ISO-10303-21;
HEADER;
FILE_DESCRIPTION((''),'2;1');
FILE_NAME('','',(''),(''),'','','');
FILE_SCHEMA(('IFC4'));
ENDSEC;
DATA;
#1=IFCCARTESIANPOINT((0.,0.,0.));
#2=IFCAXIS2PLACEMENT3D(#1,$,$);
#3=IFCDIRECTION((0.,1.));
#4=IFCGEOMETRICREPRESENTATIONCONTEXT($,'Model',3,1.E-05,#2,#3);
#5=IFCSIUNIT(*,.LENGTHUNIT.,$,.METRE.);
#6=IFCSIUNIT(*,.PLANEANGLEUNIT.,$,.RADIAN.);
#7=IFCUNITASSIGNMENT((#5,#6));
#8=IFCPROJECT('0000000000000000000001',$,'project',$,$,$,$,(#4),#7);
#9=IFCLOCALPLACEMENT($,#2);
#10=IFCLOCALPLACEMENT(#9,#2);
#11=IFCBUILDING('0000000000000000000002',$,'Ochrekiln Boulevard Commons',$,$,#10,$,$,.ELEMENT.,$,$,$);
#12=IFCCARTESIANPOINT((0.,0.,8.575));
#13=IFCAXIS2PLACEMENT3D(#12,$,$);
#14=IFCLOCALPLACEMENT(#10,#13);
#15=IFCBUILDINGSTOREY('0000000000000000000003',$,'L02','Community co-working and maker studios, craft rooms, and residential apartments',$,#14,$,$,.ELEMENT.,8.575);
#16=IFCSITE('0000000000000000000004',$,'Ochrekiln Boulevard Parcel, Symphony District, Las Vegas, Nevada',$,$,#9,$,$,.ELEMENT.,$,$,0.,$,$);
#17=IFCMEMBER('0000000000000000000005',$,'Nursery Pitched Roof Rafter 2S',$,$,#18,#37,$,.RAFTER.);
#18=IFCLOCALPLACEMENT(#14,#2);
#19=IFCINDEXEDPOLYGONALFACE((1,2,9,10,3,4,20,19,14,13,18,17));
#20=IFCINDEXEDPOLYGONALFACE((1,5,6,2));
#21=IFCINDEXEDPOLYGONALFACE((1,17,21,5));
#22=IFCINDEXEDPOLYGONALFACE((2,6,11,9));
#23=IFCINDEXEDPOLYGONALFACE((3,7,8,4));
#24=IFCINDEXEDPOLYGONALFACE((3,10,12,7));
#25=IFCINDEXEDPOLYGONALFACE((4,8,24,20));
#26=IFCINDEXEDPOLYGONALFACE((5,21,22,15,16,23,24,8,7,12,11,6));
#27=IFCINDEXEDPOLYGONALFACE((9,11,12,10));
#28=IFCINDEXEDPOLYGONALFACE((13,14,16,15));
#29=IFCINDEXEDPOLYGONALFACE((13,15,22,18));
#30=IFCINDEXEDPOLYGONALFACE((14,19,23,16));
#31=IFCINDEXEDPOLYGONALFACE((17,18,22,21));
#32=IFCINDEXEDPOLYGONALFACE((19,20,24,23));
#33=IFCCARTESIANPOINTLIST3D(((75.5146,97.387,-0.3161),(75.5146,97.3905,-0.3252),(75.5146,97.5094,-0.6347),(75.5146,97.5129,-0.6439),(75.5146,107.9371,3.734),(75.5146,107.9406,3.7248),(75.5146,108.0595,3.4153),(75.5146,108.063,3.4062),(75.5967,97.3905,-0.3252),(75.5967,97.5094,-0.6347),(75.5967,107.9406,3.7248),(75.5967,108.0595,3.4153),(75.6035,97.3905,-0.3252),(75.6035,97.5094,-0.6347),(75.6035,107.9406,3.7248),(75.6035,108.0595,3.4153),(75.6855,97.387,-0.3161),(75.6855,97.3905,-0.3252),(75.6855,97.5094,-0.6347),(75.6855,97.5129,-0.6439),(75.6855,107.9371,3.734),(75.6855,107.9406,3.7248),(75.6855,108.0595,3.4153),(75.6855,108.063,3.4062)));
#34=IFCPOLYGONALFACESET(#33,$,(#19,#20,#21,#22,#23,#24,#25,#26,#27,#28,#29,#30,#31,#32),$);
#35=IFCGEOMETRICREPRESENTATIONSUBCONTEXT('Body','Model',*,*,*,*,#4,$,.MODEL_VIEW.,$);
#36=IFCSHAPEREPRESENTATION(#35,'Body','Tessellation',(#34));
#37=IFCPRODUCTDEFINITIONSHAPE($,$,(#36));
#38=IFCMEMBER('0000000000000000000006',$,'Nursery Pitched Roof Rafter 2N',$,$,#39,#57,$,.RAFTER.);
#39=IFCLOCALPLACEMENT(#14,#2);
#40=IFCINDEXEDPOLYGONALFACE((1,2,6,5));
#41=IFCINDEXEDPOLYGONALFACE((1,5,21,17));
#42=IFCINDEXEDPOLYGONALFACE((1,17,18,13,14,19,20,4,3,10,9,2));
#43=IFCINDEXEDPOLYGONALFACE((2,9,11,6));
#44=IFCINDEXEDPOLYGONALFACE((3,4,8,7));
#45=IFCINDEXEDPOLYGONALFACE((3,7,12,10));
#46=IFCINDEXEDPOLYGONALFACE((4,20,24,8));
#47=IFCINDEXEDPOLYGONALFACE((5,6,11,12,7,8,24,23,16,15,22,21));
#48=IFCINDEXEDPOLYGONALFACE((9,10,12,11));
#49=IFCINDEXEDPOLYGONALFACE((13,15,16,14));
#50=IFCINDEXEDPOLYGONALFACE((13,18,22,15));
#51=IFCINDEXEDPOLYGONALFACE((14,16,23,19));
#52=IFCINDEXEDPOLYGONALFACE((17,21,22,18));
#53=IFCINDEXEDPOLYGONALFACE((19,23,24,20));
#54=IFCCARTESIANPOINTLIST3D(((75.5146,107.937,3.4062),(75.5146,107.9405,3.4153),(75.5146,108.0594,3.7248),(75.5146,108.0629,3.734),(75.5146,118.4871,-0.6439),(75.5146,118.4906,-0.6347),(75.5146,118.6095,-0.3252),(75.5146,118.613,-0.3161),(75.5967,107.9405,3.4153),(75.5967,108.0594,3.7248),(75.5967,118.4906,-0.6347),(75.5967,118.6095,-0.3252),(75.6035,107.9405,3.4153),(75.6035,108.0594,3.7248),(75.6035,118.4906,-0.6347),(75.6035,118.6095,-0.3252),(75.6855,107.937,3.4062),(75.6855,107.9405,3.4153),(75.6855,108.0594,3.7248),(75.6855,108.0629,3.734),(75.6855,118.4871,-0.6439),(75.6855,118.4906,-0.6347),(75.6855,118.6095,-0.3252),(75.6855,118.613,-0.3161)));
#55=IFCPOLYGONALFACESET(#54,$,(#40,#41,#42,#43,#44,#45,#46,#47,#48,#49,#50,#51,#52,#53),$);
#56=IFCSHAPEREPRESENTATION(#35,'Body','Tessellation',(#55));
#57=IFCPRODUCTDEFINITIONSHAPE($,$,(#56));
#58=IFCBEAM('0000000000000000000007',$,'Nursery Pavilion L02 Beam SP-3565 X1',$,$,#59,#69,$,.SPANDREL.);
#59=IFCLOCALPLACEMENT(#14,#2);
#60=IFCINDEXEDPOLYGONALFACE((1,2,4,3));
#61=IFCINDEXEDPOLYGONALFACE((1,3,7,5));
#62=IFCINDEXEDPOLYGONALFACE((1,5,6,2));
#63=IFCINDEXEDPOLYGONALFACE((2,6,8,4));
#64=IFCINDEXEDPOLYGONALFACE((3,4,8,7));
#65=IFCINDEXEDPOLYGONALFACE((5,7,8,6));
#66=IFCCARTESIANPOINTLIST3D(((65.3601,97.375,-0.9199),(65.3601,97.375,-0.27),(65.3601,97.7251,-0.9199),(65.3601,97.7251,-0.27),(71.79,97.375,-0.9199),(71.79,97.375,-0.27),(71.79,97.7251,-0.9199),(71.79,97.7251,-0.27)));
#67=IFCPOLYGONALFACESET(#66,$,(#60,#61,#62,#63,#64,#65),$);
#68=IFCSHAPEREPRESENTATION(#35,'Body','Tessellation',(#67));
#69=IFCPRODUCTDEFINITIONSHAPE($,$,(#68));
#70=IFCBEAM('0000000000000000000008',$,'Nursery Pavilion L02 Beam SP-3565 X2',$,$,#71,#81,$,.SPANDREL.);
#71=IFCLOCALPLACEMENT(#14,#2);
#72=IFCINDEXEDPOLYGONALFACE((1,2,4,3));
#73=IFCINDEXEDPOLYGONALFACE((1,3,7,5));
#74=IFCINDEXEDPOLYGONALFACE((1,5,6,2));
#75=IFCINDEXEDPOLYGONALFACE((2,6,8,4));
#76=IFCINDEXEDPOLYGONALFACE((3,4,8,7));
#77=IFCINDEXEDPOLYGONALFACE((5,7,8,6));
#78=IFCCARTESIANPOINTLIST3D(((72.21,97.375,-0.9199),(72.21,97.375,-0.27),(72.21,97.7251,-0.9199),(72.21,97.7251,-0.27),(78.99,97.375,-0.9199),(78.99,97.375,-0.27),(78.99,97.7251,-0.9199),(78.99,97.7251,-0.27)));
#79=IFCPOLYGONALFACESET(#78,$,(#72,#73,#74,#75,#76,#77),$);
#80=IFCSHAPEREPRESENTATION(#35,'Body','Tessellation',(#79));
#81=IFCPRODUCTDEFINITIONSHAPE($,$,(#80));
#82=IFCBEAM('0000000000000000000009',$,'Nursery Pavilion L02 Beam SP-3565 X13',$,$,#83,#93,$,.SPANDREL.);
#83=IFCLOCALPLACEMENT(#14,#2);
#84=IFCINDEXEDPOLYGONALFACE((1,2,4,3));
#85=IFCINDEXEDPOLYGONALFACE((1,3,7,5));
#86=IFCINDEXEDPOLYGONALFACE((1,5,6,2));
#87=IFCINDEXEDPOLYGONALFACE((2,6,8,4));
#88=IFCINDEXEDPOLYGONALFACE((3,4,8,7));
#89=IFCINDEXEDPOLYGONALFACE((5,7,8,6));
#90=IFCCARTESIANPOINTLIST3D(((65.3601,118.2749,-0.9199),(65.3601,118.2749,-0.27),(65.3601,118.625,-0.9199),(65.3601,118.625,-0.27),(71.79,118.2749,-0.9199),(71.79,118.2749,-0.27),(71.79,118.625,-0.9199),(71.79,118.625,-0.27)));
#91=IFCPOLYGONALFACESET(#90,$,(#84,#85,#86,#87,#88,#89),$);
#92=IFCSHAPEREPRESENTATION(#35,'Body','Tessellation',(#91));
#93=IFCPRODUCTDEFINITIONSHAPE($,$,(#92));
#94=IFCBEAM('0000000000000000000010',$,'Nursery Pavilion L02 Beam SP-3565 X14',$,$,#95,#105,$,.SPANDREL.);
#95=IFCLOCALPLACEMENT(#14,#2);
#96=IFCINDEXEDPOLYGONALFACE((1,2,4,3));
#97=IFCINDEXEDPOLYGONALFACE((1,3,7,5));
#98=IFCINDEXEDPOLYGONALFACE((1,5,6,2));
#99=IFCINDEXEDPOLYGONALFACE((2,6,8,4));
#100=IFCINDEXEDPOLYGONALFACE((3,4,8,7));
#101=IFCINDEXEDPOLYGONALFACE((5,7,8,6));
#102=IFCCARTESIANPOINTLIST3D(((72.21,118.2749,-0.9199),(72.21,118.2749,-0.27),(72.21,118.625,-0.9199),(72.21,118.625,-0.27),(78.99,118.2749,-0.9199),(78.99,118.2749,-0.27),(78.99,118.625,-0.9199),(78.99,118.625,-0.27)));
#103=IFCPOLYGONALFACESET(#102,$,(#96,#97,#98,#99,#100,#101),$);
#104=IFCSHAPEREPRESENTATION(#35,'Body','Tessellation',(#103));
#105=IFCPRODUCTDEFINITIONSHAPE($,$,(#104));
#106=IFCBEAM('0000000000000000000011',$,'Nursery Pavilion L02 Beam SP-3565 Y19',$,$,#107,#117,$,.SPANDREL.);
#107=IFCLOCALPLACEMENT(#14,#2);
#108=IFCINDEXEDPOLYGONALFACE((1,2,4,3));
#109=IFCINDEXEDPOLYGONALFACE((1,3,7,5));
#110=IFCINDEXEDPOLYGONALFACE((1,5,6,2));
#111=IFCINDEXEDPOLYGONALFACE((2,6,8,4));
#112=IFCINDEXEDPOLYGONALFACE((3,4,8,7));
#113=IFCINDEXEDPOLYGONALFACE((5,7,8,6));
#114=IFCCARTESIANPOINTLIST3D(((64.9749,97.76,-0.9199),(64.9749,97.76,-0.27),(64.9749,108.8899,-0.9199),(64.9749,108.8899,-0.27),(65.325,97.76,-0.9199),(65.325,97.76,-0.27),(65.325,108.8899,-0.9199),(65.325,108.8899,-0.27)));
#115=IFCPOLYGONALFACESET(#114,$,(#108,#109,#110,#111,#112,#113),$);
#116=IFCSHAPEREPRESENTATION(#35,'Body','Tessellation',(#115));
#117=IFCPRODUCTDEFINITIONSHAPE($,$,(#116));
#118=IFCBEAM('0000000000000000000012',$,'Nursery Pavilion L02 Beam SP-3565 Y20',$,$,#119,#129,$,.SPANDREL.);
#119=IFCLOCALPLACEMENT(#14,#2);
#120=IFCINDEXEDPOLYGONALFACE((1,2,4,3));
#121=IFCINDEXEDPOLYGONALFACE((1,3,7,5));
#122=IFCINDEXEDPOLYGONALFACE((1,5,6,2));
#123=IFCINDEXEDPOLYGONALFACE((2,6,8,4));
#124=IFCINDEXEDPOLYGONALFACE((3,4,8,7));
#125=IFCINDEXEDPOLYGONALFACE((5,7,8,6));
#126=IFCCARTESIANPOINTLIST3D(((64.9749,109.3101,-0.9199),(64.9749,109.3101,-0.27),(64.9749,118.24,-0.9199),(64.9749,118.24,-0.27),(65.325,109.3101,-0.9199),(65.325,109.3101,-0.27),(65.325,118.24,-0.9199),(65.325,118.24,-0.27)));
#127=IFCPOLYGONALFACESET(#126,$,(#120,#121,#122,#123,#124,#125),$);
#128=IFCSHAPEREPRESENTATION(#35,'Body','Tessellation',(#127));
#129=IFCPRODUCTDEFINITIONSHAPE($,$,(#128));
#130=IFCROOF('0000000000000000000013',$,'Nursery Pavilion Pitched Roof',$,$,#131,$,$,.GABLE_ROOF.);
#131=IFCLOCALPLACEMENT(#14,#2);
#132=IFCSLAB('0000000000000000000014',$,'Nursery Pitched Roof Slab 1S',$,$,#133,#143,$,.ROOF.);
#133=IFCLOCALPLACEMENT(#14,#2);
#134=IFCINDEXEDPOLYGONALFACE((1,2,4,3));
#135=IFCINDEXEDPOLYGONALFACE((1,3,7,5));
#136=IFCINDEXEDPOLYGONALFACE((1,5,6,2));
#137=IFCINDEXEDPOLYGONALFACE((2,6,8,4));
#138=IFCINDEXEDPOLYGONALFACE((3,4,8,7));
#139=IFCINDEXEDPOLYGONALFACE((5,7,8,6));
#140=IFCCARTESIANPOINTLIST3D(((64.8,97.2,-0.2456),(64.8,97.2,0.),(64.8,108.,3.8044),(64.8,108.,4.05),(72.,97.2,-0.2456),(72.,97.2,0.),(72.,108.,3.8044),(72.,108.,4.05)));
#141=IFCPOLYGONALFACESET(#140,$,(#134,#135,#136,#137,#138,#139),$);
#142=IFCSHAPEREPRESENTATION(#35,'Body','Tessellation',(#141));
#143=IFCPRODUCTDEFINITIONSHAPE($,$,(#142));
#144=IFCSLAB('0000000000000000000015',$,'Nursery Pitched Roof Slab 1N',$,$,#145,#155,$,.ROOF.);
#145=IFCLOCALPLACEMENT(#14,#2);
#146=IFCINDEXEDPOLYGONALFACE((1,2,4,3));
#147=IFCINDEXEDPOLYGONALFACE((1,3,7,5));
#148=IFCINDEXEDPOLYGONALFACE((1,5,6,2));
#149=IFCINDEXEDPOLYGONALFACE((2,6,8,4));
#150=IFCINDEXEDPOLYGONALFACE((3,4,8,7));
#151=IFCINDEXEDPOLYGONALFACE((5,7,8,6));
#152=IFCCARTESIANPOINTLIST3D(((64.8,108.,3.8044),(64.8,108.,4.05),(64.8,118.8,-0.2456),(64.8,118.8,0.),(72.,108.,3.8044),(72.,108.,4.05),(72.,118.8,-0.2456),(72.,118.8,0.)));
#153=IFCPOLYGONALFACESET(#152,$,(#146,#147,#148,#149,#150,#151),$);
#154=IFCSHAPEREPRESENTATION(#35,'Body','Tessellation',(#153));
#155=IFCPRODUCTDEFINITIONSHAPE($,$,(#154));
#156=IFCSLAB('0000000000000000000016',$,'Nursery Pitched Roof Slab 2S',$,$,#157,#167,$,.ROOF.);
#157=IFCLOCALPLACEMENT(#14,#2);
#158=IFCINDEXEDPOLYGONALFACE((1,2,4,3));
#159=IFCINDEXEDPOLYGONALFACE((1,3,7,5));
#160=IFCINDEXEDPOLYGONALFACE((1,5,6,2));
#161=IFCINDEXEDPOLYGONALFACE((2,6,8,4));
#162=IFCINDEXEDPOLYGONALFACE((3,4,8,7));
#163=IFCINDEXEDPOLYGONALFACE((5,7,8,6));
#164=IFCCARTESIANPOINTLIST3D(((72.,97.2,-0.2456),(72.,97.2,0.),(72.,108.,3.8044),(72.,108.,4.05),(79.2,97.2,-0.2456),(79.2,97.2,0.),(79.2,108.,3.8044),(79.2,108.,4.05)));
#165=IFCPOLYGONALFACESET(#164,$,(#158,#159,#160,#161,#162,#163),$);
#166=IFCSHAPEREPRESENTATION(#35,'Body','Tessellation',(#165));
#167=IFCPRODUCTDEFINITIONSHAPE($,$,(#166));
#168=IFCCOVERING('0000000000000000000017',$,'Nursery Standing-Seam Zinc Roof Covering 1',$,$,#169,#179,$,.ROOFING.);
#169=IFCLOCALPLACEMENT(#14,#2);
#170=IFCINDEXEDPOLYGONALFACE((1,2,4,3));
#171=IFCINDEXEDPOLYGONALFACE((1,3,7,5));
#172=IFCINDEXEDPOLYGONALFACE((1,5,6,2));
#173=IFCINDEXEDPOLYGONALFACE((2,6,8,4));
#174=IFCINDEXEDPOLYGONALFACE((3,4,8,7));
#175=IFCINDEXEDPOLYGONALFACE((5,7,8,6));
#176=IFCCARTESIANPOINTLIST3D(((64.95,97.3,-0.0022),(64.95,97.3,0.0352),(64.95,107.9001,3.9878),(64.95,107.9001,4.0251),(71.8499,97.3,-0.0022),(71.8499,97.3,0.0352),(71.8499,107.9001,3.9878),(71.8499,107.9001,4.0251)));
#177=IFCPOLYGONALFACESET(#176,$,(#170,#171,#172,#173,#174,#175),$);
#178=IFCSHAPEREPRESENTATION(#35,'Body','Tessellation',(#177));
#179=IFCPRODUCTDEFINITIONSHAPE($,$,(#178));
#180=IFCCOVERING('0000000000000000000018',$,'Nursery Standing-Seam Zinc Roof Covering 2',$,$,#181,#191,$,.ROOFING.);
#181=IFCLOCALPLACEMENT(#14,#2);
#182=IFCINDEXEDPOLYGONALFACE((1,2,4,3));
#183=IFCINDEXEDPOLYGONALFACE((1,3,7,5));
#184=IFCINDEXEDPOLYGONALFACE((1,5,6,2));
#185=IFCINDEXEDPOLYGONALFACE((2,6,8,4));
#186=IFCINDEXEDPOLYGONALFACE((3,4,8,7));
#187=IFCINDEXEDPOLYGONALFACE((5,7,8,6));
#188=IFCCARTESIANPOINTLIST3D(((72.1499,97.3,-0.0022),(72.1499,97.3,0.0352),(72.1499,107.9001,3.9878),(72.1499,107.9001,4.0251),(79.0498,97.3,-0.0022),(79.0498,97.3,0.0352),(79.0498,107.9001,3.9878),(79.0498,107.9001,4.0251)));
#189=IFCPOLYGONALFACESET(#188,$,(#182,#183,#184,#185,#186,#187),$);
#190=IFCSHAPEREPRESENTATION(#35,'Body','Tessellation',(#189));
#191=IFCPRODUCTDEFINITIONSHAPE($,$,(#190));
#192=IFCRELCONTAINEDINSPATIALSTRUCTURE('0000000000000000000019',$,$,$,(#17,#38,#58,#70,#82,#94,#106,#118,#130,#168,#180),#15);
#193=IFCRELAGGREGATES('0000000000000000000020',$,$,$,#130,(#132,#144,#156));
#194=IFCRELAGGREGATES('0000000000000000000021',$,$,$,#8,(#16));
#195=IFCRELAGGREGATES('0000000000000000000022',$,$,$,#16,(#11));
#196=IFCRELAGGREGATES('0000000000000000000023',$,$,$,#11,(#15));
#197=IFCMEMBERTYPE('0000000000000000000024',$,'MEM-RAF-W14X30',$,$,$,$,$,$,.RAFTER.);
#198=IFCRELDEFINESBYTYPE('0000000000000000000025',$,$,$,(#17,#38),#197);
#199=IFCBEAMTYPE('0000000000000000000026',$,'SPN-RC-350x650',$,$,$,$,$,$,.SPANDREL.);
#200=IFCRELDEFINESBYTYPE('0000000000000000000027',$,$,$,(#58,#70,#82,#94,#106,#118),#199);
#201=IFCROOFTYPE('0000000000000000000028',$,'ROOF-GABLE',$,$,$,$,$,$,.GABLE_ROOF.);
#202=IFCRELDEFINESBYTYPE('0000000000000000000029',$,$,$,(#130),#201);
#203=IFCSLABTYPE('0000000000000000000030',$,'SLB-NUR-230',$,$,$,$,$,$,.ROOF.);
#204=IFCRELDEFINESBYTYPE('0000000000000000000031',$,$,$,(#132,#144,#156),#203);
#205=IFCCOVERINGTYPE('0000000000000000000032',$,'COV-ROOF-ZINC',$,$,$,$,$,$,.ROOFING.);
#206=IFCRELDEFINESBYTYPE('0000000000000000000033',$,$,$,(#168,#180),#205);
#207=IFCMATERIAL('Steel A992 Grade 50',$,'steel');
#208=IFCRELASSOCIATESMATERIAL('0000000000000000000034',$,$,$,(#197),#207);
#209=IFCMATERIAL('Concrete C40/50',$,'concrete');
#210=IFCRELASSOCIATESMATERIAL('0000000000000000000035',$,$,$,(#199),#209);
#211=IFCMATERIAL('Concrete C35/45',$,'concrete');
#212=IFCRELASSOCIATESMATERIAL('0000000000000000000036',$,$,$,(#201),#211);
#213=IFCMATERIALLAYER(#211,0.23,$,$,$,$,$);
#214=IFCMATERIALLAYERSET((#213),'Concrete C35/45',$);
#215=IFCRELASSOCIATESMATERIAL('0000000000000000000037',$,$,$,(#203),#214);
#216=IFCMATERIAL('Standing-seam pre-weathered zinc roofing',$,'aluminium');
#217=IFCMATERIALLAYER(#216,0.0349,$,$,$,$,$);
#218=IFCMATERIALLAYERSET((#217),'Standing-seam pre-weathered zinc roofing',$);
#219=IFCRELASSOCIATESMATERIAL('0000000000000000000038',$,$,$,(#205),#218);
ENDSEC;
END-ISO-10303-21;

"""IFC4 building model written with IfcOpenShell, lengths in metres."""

from ifc_helpers import new_model, si_unit, direction, frame, origin, origin_2d, place, context, subcontext, project, spatial, polyline, rectangle, i_section, outline, extrude, material, layer, layer_set, material_profile, profile_set, type_object, element, aggregate, save


model = new_model("IFC4")

# Units and contexts
model_context = context("Model", 3, precision=1e-05, world=origin(), true_north=direction((0.0, 1.0)))
body_context = subcontext(model_context, "Body", "Model", "MODEL_VIEW")
ifc_project = project(units=[si_unit("LENGTHUNIT", "METRE"), si_unit("PLANEANGLEUNIT", "RADIAN")], contexts=[model_context])

# Site, building, storey
site_placement = place(None, origin())
site = spatial("IfcSite", under=ifc_project, at=site_placement, Name="Ochrekiln Boulevard Parcel, Symphony District, Las Vegas, Nevada", CompositionType="ELEMENT", RefElevation=0.0)
building_placement = place(site_placement, origin())
building = spatial("IfcBuilding", under=site, at=building_placement, Name="Ochrekiln Boulevard Commons", CompositionType="ELEMENT")
storey_placement = place(building_placement, frame((0.0, 0.0, 8.575)))
storey = spatial("IfcBuildingStorey", under=building, at=storey_placement, Name="L02", Description="Community co-working and maker studios, craft rooms, and residential apartments", CompositionType="ELEMENT", Elevation=8.575)

# Shared definitions
ifc_material_1 = material(Name="Concrete C35/45", Category="concrete")

# Members
ifc_material_2 = material(Name="Steel A992 Grade 50", Category="steel")
ifc_material_profile_1 = material_profile(ifc_material_2, i_section(OverallWidth=0.1709, OverallDepth=0.3511, WebThickness=0.0068, FlangeThickness=0.0098, at=origin_2d()), Name="W14X30")
ifc_profile_set_1 = profile_set([ifc_material_profile_1], Name="Steel A992 Grade 50")
member_type_1 = type_object("IfcMemberType", Name="MEM-RAF-W14X30", PredefinedType="RAFTER", material=ifc_profile_set_1)
for number, where, z_axis, x_axis, name in (
    (1, (75.6001, 97.45, -0.48), (0.0, 0.933573, 0.358388), (-1.0, 0.0, 0.0), "Nursery Pitched Roof Rafter 2S"),
    (2, (75.6001, 118.55, -0.48), (0.0, -0.933573, 0.358388), (1.0, 0.0, 0.0), "Nursery Pitched Roof Rafter 2N"),
):
    element("IfcMember", number, at=place(storey_placement, frame(where, z_axis=z_axis, x_axis=x_axis)), inside=storey, type_object=member_type_1, Name=name, PredefinedType="RAFTER", context=body_context, shape_type="SweptSolid", body=[
        extrude(i_section(OverallWidth=0.1709, OverallDepth=0.3511, WebThickness=0.0068, FlangeThickness=0.0098, at=origin_2d()), origin(), (0.0, 0.0, 1.0), 11.3008),
    ])

# Beams
ifc_material_3 = material(Name="Concrete C40/50", Category="concrete")
ifc_material_profile_2 = material_profile(ifc_material_3, rectangle(XDim=0.3501, YDim=0.6499, at=origin_2d()), Name="RC-SPN-350x650")
ifc_profile_set_2 = profile_set([ifc_material_profile_2], Name="Concrete C40/50")
beam_type_1 = type_object("IfcBeamType", Name="SPN-RC-350x650", PredefinedType="SPANDREL", material=ifc_profile_set_2)
beam_1_placement = place(storey_placement, frame((65.3601, 97.55, -0.595), z_axis=(1.0, 0.0, 0.0), x_axis=(0.0, 1.0, 0.0)))
element("IfcBeam", 3, at=beam_1_placement, inside=storey, type_object=beam_type_1, Name="Nursery Pavilion L02 Beam SP-3565 X1", PredefinedType="SPANDREL", context=body_context, shape_type="SweptSolid", body=[
    extrude(rectangle(XDim=0.3501, YDim=0.6499, at=origin_2d()), origin(), (0.0, 0.0, 1.0), 6.4299),
])
beam_2_placement = place(storey_placement, frame((72.21, 97.55, -0.595), z_axis=(1.0, 0.0, 0.0), x_axis=(0.0, 1.0, 0.0)))
element("IfcBeam", 4, at=beam_2_placement, inside=storey, type_object=beam_type_1, Name="Nursery Pavilion L02 Beam SP-3565 X2", PredefinedType="SPANDREL", context=body_context, shape_type="SweptSolid", body=[
    extrude(rectangle(XDim=0.3501, YDim=0.6499, at=origin_2d()), origin(), (0.0, 0.0, 1.0), 6.78),
])
beam_3_placement = place(storey_placement, frame((65.3601, 118.45, -0.595), z_axis=(1.0, 0.0, 0.0), x_axis=(0.0, 1.0, 0.0)))
element("IfcBeam", 5, at=beam_3_placement, inside=storey, type_object=beam_type_1, Name="Nursery Pavilion L02 Beam SP-3565 X13", PredefinedType="SPANDREL", context=body_context, shape_type="SweptSolid", body=[
    extrude(rectangle(XDim=0.3501, YDim=0.6499, at=origin_2d()), origin(), (0.0, 0.0, 1.0), 6.4299),
])
beam_4_placement = place(storey_placement, frame((72.21, 118.45, -0.595), z_axis=(1.0, 0.0, 0.0), x_axis=(0.0, 1.0, 0.0)))
element("IfcBeam", 6, at=beam_4_placement, inside=storey, type_object=beam_type_1, Name="Nursery Pavilion L02 Beam SP-3565 X14", PredefinedType="SPANDREL", context=body_context, shape_type="SweptSolid", body=[
    extrude(rectangle(XDim=0.3501, YDim=0.6499, at=origin_2d()), origin(), (0.0, 0.0, 1.0), 6.78),
])
beam_5_placement = place(storey_placement, frame((65.1499, 97.76, -0.595), z_axis=(0.0, 1.0, 0.0), x_axis=(-1.0, 0.0, 0.0)))
element("IfcBeam", 7, at=beam_5_placement, inside=storey, type_object=beam_type_1, Name="Nursery Pavilion L02 Beam SP-3565 Y19", PredefinedType="SPANDREL", context=body_context, shape_type="SweptSolid", body=[
    extrude(rectangle(XDim=0.3501, YDim=0.6499, at=origin_2d()), origin(), (0.0, 0.0, 1.0), 11.1299),
])
beam_6_placement = place(storey_placement, frame((65.1499, 109.3101, -0.595), z_axis=(0.0, 1.0, 0.0), x_axis=(-1.0, 0.0, 0.0)))
element("IfcBeam", 8, at=beam_6_placement, inside=storey, type_object=beam_type_1, Name="Nursery Pavilion L02 Beam SP-3565 Y20", PredefinedType="SPANDREL", context=body_context, shape_type="SweptSolid", body=[
    extrude(rectangle(XDim=0.3501, YDim=0.6499, at=origin_2d()), origin(), (0.0, 0.0, 1.0), 8.9299),
])

# Roof, slabs
roof_type = type_object("IfcRoofType", Name="ROOF-GABLE", PredefinedType="GABLE_ROOF", material=ifc_material_1)
roof_placement = place(storey_placement, origin())
roof = element("IfcRoof", 9, at=roof_placement, inside=storey, type_object=roof_type, Name="Nursery Pavilion Pitched Roof", PredefinedType="GABLE_ROOF")
ifc_layer_1 = layer(ifc_material_1, 0.23)
ifc_layer_set_1 = layer_set([ifc_layer_1], Name="Concrete C35/45")
slab_type = type_object("IfcSlabType", Name="SLB-NUR-230", PredefinedType="ROOF", material=ifc_layer_set_1)
slab_1_placement = place(storey_placement, frame((64.8, 97.2, 0.0), z_axis=(1.0, 0.0, 0.0), x_axis=(0.0, 1.0, 0.0)))
slab_1 = element("IfcSlab", 10, at=slab_1_placement, type_object=slab_type, Name="Nursery Pitched Roof Slab 1S", PredefinedType="ROOF", context=body_context, shape_type="SweptSolid", body=[
    extrude(outline(polyline([(0.0, 0.0), (10.8, 4.05), (10.8, 3.8044), (0.0, -0.2456), (0.0, 0.0)])), origin(), (0.0, 0.0, 1.0), 7.2),
])
slab_2_placement = place(storey_placement, frame((72.0, 118.8, 0.0), z_axis=(-1.0, 0.0, 0.0), x_axis=(0.0, -1.0, 0.0)))
slab_2 = element("IfcSlab", 11, at=slab_2_placement, type_object=slab_type, Name="Nursery Pitched Roof Slab 1N", PredefinedType="ROOF", context=body_context, shape_type="SweptSolid", body=[
    extrude(outline(polyline([(0.0, 0.0), (10.8, 4.05), (10.8, 3.8044), (0.0, -0.2456), (0.0, 0.0)])), origin(), (0.0, 0.0, 1.0), 7.2),
])
slab_3_placement = place(storey_placement, frame((72.0, 97.2, 0.0), z_axis=(1.0, 0.0, 0.0), x_axis=(0.0, 1.0, 0.0)))
slab_3 = element("IfcSlab", 12, at=slab_3_placement, type_object=slab_type, Name="Nursery Pitched Roof Slab 2S", PredefinedType="ROOF", context=body_context, shape_type="SweptSolid", body=[
    extrude(outline(polyline([(0.0, 0.0), (10.8, 4.05), (10.8, 3.8044), (0.0, -0.2456), (0.0, 0.0)])), origin(), (0.0, 0.0, 1.0), 7.2),
])
aggregate(roof, [slab_1, slab_2, slab_3])

# Coverings
ifc_material_4 = material(Name="Standing-seam pre-weathered zinc roofing", Category="aluminium")
ifc_layer_2 = layer(ifc_material_4, 0.0349)
ifc_layer_set_2 = layer_set([ifc_layer_2], Name="Standing-seam pre-weathered zinc roofing")
covering_type = type_object("IfcCoveringType", Name="COV-ROOF-ZINC", PredefinedType="ROOFING", material=ifc_layer_set_2)
for number, where, z_axis, x_axis, name in (
    (13, (64.95, 97.3, 0.0352), (1.0, 0.0, 0.0), (0.0, 1.0, 0.0), "Nursery Standing-Seam Zinc Roof Covering 1"),
    (14, (72.1499, 97.3, 0.0352), (1.0, 0.0, 0.0), (0.0, 1.0, 0.0), "Nursery Standing-Seam Zinc Roof Covering 2"),
):
    element("IfcCovering", number, at=place(storey_placement, frame(where, z_axis=z_axis, x_axis=x_axis)), inside=storey, type_object=covering_type, Name=name, PredefinedType="ROOFING", context=body_context, shape_type="SweptSolid", body=[
        extrude(outline(polyline([(0.0, 0.0), (10.6001, 3.99), (10.6001, 3.9526), (0.0, -0.0374), (0.0, 0.0)])), origin(), (0.0, 0.0, 1.0), 6.8999),
    ])

save(model, "model.ifc")
